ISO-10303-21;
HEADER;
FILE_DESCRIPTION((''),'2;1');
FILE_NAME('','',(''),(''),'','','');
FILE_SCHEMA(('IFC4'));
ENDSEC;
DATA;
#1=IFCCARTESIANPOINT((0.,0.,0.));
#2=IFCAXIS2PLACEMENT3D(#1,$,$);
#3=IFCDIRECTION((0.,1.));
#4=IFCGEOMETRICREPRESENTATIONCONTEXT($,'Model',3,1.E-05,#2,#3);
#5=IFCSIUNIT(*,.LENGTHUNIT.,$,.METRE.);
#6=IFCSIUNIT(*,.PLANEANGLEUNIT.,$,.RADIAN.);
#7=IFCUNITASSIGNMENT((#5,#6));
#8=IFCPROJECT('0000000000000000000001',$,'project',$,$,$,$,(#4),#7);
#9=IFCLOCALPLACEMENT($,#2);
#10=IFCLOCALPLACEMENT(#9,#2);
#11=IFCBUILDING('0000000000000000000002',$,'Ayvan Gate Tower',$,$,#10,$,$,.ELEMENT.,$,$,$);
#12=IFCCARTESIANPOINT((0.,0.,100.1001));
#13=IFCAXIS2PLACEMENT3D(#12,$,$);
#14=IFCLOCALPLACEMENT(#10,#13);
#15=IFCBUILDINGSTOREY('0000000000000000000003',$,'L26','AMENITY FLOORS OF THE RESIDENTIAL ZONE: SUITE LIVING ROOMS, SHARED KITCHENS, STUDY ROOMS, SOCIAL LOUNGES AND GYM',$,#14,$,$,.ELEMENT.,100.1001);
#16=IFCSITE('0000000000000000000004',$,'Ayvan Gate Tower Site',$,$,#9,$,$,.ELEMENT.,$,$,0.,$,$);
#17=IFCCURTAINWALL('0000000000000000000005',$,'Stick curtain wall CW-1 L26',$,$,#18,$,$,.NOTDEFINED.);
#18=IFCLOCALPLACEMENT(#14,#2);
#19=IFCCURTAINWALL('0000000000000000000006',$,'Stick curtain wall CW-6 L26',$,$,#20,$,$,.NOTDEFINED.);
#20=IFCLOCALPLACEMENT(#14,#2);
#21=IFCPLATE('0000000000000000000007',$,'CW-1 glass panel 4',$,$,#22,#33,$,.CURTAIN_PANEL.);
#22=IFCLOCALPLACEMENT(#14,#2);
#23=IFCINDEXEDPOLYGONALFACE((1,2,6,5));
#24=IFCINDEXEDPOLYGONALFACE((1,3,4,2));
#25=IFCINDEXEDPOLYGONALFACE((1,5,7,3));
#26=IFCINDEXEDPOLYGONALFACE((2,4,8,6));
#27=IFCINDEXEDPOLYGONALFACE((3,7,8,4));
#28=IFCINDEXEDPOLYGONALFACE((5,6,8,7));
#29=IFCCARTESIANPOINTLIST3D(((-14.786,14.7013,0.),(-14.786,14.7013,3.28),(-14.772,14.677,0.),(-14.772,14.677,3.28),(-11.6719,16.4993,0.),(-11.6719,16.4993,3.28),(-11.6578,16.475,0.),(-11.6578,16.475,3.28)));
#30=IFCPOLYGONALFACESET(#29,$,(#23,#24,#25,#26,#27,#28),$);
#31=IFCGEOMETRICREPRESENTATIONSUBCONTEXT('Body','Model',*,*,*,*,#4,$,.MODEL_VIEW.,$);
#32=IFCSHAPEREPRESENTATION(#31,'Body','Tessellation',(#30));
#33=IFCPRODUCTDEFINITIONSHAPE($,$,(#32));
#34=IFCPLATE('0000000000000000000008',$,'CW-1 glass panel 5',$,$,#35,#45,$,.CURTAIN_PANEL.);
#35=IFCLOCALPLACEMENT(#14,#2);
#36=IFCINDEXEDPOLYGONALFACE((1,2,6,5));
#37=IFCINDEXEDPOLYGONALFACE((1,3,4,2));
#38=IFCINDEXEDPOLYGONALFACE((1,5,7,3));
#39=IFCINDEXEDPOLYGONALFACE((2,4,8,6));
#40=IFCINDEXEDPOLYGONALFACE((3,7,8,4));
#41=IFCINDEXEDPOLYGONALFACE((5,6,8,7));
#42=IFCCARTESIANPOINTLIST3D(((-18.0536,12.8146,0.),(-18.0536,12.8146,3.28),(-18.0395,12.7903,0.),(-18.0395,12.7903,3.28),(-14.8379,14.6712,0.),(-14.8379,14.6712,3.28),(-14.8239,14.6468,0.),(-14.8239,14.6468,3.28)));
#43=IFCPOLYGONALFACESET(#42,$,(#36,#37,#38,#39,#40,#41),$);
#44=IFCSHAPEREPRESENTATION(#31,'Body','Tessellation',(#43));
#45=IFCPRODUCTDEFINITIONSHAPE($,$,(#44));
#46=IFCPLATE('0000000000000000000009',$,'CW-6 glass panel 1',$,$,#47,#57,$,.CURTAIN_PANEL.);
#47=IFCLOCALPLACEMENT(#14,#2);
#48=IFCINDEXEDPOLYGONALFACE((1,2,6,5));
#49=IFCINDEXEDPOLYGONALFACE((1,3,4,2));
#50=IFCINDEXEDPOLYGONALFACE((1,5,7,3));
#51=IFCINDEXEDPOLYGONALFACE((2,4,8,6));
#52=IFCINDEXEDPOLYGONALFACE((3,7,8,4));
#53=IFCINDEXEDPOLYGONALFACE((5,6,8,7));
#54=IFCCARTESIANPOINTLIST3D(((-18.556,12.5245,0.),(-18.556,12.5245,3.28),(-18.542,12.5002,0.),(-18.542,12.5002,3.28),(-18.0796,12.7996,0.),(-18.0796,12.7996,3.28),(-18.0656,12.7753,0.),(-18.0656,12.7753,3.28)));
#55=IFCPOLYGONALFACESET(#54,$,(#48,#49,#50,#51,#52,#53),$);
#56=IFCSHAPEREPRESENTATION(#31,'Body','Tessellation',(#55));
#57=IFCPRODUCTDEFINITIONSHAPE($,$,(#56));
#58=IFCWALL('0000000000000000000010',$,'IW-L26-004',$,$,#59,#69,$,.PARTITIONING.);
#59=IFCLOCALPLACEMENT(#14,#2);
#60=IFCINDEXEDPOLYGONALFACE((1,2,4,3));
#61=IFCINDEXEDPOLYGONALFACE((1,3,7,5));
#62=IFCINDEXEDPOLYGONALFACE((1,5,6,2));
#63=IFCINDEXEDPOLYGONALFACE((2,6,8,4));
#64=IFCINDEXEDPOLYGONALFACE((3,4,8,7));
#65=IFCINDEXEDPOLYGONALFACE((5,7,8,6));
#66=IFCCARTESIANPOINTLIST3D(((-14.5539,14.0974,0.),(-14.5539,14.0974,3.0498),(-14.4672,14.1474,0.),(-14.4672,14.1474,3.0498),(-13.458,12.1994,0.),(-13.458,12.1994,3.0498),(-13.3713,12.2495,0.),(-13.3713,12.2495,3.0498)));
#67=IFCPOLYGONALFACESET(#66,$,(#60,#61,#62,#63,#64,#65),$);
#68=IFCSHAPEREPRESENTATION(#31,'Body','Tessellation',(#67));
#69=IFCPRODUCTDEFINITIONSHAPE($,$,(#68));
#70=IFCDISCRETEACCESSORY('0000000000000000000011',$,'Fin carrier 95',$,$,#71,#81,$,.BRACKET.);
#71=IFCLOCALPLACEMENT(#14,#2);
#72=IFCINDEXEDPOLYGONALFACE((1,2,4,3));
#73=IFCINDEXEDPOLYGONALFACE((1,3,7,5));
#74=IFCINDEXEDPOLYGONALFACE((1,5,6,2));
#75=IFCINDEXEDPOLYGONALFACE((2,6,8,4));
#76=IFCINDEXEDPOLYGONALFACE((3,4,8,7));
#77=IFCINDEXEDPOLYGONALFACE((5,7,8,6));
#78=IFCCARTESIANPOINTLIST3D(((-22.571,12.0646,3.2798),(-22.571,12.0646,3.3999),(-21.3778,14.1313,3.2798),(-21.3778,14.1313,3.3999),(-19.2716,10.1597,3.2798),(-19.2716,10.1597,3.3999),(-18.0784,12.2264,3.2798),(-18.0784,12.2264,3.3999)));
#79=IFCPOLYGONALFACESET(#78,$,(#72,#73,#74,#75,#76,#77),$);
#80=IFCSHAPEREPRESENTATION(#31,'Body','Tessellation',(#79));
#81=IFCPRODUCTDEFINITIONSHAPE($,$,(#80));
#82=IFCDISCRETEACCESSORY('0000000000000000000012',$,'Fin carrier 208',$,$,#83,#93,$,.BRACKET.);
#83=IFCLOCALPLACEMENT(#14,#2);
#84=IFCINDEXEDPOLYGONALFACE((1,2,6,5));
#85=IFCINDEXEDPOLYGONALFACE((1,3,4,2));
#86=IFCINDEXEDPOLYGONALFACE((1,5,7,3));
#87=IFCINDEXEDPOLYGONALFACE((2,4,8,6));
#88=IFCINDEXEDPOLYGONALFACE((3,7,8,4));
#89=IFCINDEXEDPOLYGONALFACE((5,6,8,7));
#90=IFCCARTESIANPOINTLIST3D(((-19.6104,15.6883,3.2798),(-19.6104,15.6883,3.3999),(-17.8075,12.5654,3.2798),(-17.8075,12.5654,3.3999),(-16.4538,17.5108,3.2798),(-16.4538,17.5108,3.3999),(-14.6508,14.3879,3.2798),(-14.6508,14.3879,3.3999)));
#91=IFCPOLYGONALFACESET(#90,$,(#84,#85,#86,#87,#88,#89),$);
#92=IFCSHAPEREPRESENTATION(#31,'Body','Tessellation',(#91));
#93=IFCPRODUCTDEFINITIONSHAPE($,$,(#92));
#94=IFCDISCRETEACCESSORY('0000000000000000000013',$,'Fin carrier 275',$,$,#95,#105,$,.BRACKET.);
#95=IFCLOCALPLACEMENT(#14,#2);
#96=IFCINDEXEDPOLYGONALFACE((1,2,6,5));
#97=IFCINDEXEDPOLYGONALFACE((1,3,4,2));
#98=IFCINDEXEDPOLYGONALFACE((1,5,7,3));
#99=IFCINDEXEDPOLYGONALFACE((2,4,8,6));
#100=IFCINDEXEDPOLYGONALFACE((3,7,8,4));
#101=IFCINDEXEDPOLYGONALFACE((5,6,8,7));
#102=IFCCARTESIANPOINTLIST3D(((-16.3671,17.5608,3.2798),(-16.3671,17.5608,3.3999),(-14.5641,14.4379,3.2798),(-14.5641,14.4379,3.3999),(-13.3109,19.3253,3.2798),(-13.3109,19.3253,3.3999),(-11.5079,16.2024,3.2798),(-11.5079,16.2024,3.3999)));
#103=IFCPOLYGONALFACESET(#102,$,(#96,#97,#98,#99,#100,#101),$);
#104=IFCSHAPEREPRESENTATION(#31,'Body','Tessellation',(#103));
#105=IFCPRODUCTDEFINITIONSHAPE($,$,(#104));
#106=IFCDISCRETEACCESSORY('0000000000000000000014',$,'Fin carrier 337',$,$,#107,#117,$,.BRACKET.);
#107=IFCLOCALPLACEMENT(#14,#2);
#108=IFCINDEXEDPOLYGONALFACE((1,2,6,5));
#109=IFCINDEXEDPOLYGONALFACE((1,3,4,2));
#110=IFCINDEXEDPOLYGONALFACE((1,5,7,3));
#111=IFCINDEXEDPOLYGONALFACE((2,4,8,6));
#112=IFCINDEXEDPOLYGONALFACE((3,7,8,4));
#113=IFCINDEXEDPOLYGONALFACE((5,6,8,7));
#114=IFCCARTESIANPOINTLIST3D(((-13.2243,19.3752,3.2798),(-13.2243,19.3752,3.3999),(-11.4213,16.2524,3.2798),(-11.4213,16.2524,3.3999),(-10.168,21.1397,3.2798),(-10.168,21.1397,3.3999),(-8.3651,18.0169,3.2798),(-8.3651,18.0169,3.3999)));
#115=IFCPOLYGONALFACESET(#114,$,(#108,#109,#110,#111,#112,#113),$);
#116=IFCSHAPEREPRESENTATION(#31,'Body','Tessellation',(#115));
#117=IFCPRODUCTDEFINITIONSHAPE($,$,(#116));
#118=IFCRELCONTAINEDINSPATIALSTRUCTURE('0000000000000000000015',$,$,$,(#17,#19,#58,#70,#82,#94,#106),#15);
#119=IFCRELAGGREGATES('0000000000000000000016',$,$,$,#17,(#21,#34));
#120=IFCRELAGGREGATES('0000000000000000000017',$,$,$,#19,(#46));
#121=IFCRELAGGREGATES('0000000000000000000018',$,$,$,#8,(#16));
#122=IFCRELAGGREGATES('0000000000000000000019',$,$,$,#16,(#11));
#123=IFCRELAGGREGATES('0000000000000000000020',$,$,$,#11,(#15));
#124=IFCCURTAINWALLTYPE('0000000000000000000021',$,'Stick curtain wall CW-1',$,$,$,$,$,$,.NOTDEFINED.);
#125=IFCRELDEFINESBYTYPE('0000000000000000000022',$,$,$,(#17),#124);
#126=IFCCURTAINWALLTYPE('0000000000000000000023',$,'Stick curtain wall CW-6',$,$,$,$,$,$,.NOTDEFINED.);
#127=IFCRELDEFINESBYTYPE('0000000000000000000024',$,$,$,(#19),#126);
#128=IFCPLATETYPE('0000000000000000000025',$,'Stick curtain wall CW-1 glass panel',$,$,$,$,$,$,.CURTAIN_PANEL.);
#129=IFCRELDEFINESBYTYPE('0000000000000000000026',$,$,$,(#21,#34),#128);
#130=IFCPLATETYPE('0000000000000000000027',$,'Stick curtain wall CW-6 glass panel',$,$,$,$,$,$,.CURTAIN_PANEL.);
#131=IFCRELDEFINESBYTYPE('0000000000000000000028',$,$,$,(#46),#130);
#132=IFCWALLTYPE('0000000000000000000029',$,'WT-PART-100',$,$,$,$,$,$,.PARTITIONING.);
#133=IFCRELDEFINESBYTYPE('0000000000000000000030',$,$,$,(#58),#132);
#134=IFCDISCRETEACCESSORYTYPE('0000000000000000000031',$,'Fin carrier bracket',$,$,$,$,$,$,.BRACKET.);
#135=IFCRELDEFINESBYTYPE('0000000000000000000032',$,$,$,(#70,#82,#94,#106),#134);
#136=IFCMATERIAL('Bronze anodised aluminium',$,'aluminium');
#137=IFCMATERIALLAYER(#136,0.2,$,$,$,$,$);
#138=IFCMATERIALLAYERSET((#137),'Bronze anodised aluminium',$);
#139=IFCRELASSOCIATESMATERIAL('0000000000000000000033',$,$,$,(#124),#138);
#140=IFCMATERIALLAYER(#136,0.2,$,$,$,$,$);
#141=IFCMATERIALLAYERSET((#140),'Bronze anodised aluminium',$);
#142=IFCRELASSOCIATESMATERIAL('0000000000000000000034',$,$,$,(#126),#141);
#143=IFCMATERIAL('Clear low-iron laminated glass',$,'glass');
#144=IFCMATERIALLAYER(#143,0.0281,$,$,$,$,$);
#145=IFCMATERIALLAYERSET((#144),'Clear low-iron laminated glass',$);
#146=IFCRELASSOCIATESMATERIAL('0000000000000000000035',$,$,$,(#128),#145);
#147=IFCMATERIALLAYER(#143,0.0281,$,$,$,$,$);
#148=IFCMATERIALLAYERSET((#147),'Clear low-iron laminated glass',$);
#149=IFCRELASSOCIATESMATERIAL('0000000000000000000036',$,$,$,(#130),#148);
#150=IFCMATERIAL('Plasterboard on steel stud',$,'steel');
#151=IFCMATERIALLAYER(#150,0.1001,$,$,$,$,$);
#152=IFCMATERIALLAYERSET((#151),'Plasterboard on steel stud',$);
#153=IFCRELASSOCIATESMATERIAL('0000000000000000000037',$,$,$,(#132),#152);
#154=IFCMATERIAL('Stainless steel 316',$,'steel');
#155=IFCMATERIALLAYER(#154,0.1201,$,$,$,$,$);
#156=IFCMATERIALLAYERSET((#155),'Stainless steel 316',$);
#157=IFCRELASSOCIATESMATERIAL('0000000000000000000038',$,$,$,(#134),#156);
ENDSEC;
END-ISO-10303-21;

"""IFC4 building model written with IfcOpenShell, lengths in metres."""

from ifc_helpers import new_model, si_unit, direction, frame, frame_2d, origin, origin_2d, place, context, subcontext, project, spatial, rectangle, extrude, material, layer, layer_set, type_object, element, aggregate, save


model = new_model("IFC4")

# Units and contexts
model_context = context("Model", 3, precision=1e-05, world=origin(), true_north=direction((0.0, 1.0)))
body_context = subcontext(model_context, "Body", "Model", "MODEL_VIEW")
ifc_project = project(units=[si_unit("LENGTHUNIT", "METRE"), si_unit("PLANEANGLEUNIT", "RADIAN")], contexts=[model_context])

# Site, building, storey
site_placement = place(None, origin())
site = spatial("IfcSite", under=ifc_project, at=site_placement, Name="Ayvan Gate Tower Site", CompositionType="ELEMENT", RefElevation=0.0)
building_placement = place(site_placement, origin())
building = spatial("IfcBuilding", under=site, at=building_placement, Name="Ayvan Gate Tower", CompositionType="ELEMENT")
storey_placement = place(building_placement, frame((0.0, 0.0, 100.1001)))
storey = spatial("IfcBuildingStorey", under=building, at=storey_placement, Name="L26", Description="AMENITY FLOORS OF THE RESIDENTIAL ZONE: SUITE LIVING ROOMS, SHARED KITCHENS, STUDY ROOMS, SOCIAL LOUNGES AND GYM", CompositionType="ELEMENT", Elevation=100.1001)

# Curtain walls
ifc_material_1 = material(Name="Bronze anodised aluminium", Category="aluminium")
ifc_layer_1 = layer(ifc_material_1, 0.2)
ifc_layer_set_1 = layer_set([ifc_layer_1], Name="Bronze anodised aluminium")
curtain_wall_type_1 = type_object("IfcCurtainWallType", Name="Stick curtain wall CW-1", PredefinedType="NOTDEFINED", material=ifc_layer_set_1)
curtain_wall_1_placement = place(storey_placement, origin())
curtain_wall_1 = element("IfcCurtainWall", 1, at=curtain_wall_1_placement, inside=storey, type_object=curtain_wall_type_1, Name="Stick curtain wall CW-1 L26", PredefinedType="NOTDEFINED")
ifc_layer_2 = layer(ifc_material_1, 0.2)
ifc_layer_set_2 = layer_set([ifc_layer_2], Name="Bronze anodised aluminium")
curtain_wall_type_2 = type_object("IfcCurtainWallType", Name="Stick curtain wall CW-6", PredefinedType="NOTDEFINED", material=ifc_layer_set_2)
curtain_wall_2_placement = place(storey_placement, origin())
curtain_wall_2 = element("IfcCurtainWall", 2, at=curtain_wall_2_placement, inside=storey, type_object=curtain_wall_type_2, Name="Stick curtain wall CW-6 L26", PredefinedType="NOTDEFINED")

# Plates
ifc_material_2 = material(Name="Clear low-iron laminated glass", Category="glass")
ifc_layer_3 = layer(ifc_material_2, 0.0281)
ifc_layer_set_3 = layer_set([ifc_layer_3], Name="Clear low-iron laminated glass")
plate_type_1 = type_object("IfcPlateType", Name="Stick curtain wall CW-1 glass panel", PredefinedType="CURTAIN_PANEL", material=ifc_layer_set_3)
plate_1_placement = place(storey_placement, frame((-13.2219, 15.5881, 0.0), z_axis=(0.0, 0.0, 1.0), x_axis=(-0.866025, -0.5, 0.0)))
plate_1 = element("IfcPlate", 3, at=plate_1_placement, type_object=plate_type_1, Name="CW-1 glass panel 4", PredefinedType="CURTAIN_PANEL", context=body_context, shape_type="SweptSolid", body=[
    extrude(rectangle(XDim=3.5959, YDim=0.0281, at=origin_2d()), origin(), (0.0, 0.0, 1.0), 3.28),
])
plate_2_placement = place(storey_placement, frame((-16.4387, 13.7307, 0.0), z_axis=(0.0, 0.0, 1.0), x_axis=(-0.866025, -0.5, 0.0)))
plate_2 = element("IfcPlate", 4, at=plate_2_placement, type_object=plate_type_1, Name="CW-1 glass panel 5", PredefinedType="CURTAIN_PANEL", context=body_context, shape_type="SweptSolid", body=[
    extrude(rectangle(XDim=3.7131, YDim=0.0281, at=origin_2d()), origin(), (0.0, 0.0, 1.0), 3.28),
])
aggregate(curtain_wall_1, [plate_1, plate_2])
ifc_layer_4 = layer(ifc_material_2, 0.0281)
ifc_layer_set_4 = layer_set([ifc_layer_4], Name="Clear low-iron laminated glass")
plate_type_2 = type_object("IfcPlateType", Name="Stick curtain wall CW-6 glass panel", PredefinedType="CURTAIN_PANEL", material=ifc_layer_set_4)
plate_3_placement = place(storey_placement, frame((-18.3108, 12.6499, 0.0), z_axis=(0.0, 0.0, 1.0), x_axis=(-0.866025, -0.5, 0.0)))
plate_3 = element("IfcPlate", 5, at=plate_3_placement, type_object=plate_type_2, Name="CW-6 glass panel 1", PredefinedType="CURTAIN_PANEL", context=body_context, shape_type="SweptSolid", body=[
    extrude(rectangle(XDim=0.55, YDim=0.0281, at=origin_2d()), origin(), (0.0, 0.0, 1.0), 3.28),
])
aggregate(curtain_wall_2, [plate_3])

# Wall
ifc_material_3 = material(Name="Plasterboard on steel stud", Category="steel")
ifc_layer_5 = layer(ifc_material_3, 0.1001)
ifc_layer_set_5 = layer_set([ifc_layer_5], Name="Plasterboard on steel stud")
wall_type = type_object("IfcWallType", Name="WT-PART-100", PredefinedType="PARTITIONING", material=ifc_layer_set_5)
wall_placement = place(storey_placement, frame((-14.5105, 14.1223, 0.0), z_axis=(0.0, 0.0, 1.0), x_axis=(0.500057, -0.865993, 0.0)))
element("IfcWall", 6, at=wall_placement, inside=storey, type_object=wall_type, Name="IW-L26-004", PredefinedType="PARTITIONING", context=body_context, shape_type="SweptSolid", body=[
    extrude(rectangle(XDim=2.1917, YDim=0.1001, at=frame_2d((1.0957, 0.0))), origin(), (0.0, 0.0, 1.0), 3.0498),
])

# Discrete accessories
ifc_material_4 = material(Name="Stainless steel 316", Category="steel")
ifc_layer_6 = layer(ifc_material_4, 0.1201)
ifc_layer_set_6 = layer_set([ifc_layer_6], Name="Stainless steel 316")
discrete_accessory_type = type_object("IfcDiscreteAccessoryType", Name="Fin carrier bracket", PredefinedType="BRACKET", material=ifc_layer_set_6)
discrete_accessory_1_placement = place(storey_placement, frame((-20.3247, 12.1455, 3.2798), z_axis=(0.0, 0.0, 1.0), x_axis=(-0.5, -0.866025, 0.0)))
element("IfcDiscreteAccessory", 7, at=discrete_accessory_1_placement, inside=storey, type_object=discrete_accessory_type, Name="Fin carrier 95", PredefinedType="BRACKET", context=body_context, shape_type="SweptSolid", body=[
    extrude(rectangle(XDim=2.3865, YDim=3.8098, at=origin_2d()), origin(), (0.0, 0.0, 1.0), 0.1201),
])
discrete_accessory_2_placement = place(storey_placement, frame((-17.1306, 15.0381, 3.2798), z_axis=(0.0, 0.0, 1.0), x_axis=(-0.866025, -0.5, 0.0)))
element("IfcDiscreteAccessory", 8, at=discrete_accessory_2_placement, inside=storey, type_object=discrete_accessory_type, Name="Fin carrier 208", PredefinedType="BRACKET", context=body_context, shape_type="SweptSolid", body=[
    extrude(rectangle(XDim=3.645, YDim=3.606, at=origin_2d()), origin(), (0.0, 0.0, 1.0), 0.1201),
])
for number, where, z_axis, x_axis, name in (
    (9, (-13.9375, 16.8816, 3.2798), (0.0, 0.0, 1.0), (-0.866025, -0.5, 0.0), "Fin carrier 275"),
    (10, (-10.7947, 18.696, 3.2798), (0.0, 0.0, 1.0), (-0.866025, -0.5, 0.0), "Fin carrier 337"),
):
    element("IfcDiscreteAccessory", number, at=place(storey_placement, frame(where, z_axis=z_axis, x_axis=x_axis)), inside=storey, type_object=discrete_accessory_type, Name=name, PredefinedType="BRACKET", context=body_context, shape_type="SweptSolid", body=[
        extrude(rectangle(XDim=3.5291, YDim=3.606, at=origin_2d()), origin(), (0.0, 0.0, 1.0), 0.1201),
    ])

save(model, "model.ifc")
